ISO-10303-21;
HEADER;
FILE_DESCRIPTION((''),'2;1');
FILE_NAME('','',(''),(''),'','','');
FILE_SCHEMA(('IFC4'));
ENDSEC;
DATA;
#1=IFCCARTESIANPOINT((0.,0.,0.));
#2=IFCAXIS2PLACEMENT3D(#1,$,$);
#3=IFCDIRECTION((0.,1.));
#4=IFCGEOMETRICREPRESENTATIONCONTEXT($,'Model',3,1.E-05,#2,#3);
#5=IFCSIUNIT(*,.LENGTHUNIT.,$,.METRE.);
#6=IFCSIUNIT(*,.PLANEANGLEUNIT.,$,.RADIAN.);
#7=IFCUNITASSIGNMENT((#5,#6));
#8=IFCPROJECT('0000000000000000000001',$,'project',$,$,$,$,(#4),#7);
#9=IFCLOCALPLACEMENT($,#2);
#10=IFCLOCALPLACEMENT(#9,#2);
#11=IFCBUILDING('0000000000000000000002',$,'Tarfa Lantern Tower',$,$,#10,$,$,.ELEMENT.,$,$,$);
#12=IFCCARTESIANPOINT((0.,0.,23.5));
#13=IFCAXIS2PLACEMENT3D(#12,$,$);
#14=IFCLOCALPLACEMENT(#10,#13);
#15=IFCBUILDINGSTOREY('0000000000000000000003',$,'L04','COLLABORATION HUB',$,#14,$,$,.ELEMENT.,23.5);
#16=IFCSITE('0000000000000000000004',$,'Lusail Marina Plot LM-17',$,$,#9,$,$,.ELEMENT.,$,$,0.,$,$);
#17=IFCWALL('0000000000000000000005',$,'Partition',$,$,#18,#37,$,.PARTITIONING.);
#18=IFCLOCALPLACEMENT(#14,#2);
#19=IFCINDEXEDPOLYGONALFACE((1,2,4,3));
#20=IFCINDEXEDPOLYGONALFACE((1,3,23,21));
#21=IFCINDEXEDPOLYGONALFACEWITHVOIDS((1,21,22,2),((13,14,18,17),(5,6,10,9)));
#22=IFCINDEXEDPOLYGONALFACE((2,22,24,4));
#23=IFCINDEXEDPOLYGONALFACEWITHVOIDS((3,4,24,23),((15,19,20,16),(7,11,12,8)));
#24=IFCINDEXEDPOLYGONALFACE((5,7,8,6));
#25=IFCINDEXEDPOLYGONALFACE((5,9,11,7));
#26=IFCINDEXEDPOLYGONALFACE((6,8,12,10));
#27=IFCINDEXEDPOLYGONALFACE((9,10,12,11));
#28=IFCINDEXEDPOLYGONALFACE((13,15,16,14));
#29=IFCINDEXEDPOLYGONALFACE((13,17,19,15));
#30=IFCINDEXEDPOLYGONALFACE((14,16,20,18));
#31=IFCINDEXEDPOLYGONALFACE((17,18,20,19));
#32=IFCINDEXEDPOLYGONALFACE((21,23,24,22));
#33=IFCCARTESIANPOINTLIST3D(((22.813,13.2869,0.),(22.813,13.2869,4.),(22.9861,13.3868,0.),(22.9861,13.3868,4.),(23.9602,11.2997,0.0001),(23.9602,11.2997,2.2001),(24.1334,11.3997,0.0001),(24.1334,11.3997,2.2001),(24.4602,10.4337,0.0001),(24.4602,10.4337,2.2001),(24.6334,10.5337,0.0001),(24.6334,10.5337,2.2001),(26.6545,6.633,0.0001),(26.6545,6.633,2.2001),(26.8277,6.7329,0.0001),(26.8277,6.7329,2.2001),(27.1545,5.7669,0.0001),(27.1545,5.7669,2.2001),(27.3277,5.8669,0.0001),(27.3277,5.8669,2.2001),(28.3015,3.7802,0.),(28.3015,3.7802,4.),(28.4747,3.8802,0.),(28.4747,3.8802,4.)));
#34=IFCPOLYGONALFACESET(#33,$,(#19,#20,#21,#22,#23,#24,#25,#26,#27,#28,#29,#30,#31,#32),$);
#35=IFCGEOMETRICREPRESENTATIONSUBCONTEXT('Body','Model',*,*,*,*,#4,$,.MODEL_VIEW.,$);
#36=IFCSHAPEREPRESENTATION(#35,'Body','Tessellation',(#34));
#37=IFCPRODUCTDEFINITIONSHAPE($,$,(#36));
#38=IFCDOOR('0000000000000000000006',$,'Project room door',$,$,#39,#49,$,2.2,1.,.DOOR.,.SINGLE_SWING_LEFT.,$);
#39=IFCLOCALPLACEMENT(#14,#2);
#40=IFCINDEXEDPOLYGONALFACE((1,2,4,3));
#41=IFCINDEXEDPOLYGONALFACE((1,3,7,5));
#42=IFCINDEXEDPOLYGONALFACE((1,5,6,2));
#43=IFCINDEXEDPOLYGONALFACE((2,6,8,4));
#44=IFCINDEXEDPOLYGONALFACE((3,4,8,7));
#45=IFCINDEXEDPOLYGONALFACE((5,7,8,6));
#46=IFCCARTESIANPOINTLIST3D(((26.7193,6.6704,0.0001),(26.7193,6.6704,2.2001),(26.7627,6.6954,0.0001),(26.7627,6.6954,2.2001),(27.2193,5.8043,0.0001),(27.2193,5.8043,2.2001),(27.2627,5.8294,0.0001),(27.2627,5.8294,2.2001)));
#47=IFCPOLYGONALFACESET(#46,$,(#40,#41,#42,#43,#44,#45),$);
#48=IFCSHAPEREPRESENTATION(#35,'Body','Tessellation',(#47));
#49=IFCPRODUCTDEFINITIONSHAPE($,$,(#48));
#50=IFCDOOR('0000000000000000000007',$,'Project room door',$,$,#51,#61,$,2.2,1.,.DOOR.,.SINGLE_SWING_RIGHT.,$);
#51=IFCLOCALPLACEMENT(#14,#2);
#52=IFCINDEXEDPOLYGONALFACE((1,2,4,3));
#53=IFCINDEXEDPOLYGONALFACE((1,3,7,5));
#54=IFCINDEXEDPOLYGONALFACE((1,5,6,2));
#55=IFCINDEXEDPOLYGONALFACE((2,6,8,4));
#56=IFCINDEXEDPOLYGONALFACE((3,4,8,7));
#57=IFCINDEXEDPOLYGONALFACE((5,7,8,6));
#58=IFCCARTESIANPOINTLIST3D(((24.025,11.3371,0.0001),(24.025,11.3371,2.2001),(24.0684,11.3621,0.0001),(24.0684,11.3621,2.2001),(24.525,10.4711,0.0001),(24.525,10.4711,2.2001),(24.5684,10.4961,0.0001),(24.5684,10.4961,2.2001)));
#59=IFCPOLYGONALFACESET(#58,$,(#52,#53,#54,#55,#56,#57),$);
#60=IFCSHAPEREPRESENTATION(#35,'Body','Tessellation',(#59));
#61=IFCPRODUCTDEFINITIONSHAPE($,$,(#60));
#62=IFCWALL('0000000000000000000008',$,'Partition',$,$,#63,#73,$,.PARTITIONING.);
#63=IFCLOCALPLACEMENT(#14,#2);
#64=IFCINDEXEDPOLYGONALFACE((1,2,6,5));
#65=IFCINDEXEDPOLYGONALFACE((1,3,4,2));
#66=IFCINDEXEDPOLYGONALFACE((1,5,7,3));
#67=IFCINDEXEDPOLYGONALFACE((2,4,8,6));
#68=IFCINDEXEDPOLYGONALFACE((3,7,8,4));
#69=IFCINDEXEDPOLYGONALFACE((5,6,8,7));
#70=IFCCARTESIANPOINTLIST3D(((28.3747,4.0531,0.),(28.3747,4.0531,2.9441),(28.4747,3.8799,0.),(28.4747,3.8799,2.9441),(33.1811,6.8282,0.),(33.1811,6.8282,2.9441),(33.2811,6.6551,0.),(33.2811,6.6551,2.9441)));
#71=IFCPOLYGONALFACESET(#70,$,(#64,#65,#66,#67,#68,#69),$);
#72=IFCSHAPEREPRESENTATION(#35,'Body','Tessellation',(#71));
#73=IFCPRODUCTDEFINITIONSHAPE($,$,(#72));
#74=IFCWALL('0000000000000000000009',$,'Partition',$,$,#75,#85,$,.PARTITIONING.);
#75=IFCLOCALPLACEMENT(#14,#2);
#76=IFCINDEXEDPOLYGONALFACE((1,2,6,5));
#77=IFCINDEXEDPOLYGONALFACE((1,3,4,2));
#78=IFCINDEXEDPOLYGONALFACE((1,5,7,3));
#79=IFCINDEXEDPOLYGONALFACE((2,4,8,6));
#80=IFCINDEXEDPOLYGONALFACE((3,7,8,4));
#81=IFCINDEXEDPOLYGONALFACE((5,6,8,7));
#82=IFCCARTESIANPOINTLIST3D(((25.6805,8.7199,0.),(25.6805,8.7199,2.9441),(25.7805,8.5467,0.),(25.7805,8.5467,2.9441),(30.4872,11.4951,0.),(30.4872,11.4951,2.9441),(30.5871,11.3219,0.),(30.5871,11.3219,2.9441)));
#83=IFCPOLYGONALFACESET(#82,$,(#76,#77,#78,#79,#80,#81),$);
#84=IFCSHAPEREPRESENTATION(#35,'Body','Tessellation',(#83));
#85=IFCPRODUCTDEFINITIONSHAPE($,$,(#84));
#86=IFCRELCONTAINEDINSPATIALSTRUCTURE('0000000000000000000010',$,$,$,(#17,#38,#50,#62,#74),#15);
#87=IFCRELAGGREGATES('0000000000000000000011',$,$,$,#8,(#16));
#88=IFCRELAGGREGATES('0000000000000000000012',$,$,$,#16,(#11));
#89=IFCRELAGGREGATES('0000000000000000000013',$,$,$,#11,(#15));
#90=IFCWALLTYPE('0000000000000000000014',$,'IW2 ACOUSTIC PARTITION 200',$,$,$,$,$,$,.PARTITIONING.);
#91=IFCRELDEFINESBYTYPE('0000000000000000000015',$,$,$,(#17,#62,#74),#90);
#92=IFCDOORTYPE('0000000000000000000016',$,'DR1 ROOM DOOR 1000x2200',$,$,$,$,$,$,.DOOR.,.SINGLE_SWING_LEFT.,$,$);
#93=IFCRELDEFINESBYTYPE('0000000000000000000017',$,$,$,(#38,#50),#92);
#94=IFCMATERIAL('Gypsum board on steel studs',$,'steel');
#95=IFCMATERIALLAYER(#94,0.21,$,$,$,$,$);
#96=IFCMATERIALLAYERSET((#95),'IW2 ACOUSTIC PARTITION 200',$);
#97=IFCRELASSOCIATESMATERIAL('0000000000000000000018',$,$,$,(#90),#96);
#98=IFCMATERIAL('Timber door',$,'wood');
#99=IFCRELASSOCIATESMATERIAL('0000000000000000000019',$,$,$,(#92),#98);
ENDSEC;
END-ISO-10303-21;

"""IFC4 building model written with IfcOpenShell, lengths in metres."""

from ifc_helpers import new_model, si_unit, direction, frame, frame_2d, origin, place, context, subcontext, project, spatial, rectangle, extrude, material, layer, layer_set, type_object, element, fill, save


model = new_model("IFC4")

# Units and contexts
model_context = context("Model", 3, precision=1e-05, world=origin(), true_north=direction((0.0, 1.0)))
body_context = subcontext(model_context, "Body", "Model", "MODEL_VIEW")
ifc_project = project(units=[si_unit("LENGTHUNIT", "METRE"), si_unit("PLANEANGLEUNIT", "RADIAN")], contexts=[model_context])

# Site, building, storey
site_placement = place(None, origin())
site = spatial("IfcSite", under=ifc_project, at=site_placement, Name="Lusail Marina Plot LM-17", CompositionType="ELEMENT", RefElevation=0.0)
building_placement = place(site_placement, origin())
building = spatial("IfcBuilding", under=site, at=building_placement, Name="Tarfa Lantern Tower", CompositionType="ELEMENT")
storey_placement = place(building_placement, frame((0.0, 0.0, 23.5)))
storey = spatial("IfcBuildingStorey", under=building, at=storey_placement, Name="L04", Description="COLLABORATION HUB", CompositionType="ELEMENT", Elevation=23.5)

# Wall, openings, doors
ifc_material_1 = material(Name="Gypsum board on steel studs", Category="steel")
ifc_layer_1 = layer(ifc_material_1, 0.21)
ifc_layer_set_1 = layer_set([ifc_layer_1], Name="IW2 ACOUSTIC PARTITION 200")
wall_type = type_object("IfcWallType", Name="IW2 ACOUSTIC PARTITION 200", PredefinedType="PARTITIONING", material=ifc_layer_set_1)
wall_1_placement = place(storey_placement, frame((28.3882, 3.8301, 0.0), z_axis=(0.0, 0.0, 1.0), x_axis=(-0.499993, 0.86603, 0.0)))
wall_1 = element("IfcWall", 1, at=wall_1_placement, inside=storey, type_object=wall_type, Name="Partition", PredefinedType="PARTITIONING", context=body_context, shape_type="SweptSolid", body=[
    extrude(rectangle(XDim=10.9773, YDim=0.2, at=frame_2d((5.4888, 0.0))), origin(), (0.0, 0.0, 1.0), 4.0),
])
opening_1_placement = place(wall_1_placement, frame((2.2942, 0.0, 0.0)))
opening_1 = element("IfcOpeningElement", 2, at=opening_1_placement, cuts=wall_1, PredefinedType="OPENING", context=body_context, shape_type="SweptSolid", body=[
    extrude(rectangle(XDim=1.0, YDim=2.2, at=frame_2d((0.5, 1.1001))), frame((0.0, 0.1099, 0.0), z_axis=(0.0, -1.0, 0.0), x_axis=(1.0, 0.0, 0.0)), (0.0, 0.0, 1.0), 0.22),
])
opening_2_placement = place(wall_1_placement, frame((7.6829, 0.0, 0.0)))
opening_2 = element("IfcOpeningElement", 3, at=opening_2_placement, cuts=wall_1, PredefinedType="OPENING", context=body_context, shape_type="SweptSolid", body=[
    extrude(rectangle(XDim=1.0, YDim=2.2, at=frame_2d((0.5, 1.1001))), frame((0.0, 0.1099, 0.0), z_axis=(0.0, -1.0, 0.0), x_axis=(1.0, 0.0, 0.0)), (0.0, 0.0, 1.0), 0.22),
])
ifc_material_2 = material(Name="Timber door", Category="wood")
door_type = type_object("IfcDoorType", Name="DR1 ROOM DOOR 1000x2200", OperationType="SINGLE_SWING_LEFT", PredefinedType="DOOR", material=ifc_material_2)
door_1_placement = place(opening_1_placement, frame((1.0, 0.0, 0.0), z_axis=(0.0, 0.0, 1.0), x_axis=(-1.0, 0.0, 0.0)))
door_1 = element("IfcDoor", 4, at=door_1_placement, inside=storey, type_object=door_type, Name="Project room door", OperationType="SINGLE_SWING_LEFT", OverallHeight=2.2, OverallWidth=1.0, PredefinedType="DOOR", context=body_context, shape_type="SweptSolid", body=[
    extrude(rectangle(XDim=1.0, YDim=2.2, at=frame_2d((0.5, 1.1001))), frame((0.0, 0.0249, 0.0), z_axis=(0.0, -1.0, 0.0), x_axis=(1.0, 0.0, 0.0)), (0.0, 0.0, 1.0), 0.05),
])
fill(opening_1, door_1)
door_2_placement = place(opening_2_placement, frame((1.0, 0.0, 0.0), z_axis=(0.0, 0.0, 1.0), x_axis=(-1.0, 0.0, 0.0)))
door_2 = element("IfcDoor", 5, at=door_2_placement, inside=storey, type_object=door_type, Name="Project room door", OperationType="SINGLE_SWING_RIGHT", OverallHeight=2.2, OverallWidth=1.0, PredefinedType="DOOR", context=body_context, shape_type="SweptSolid", body=[
    extrude(rectangle(XDim=1.0, YDim=2.2, at=frame_2d((0.5, 1.1001))), frame((0.0, 0.0249, 0.0), z_axis=(0.0, -1.0, 0.0), x_axis=(1.0, 0.0, 0.0)), (0.0, 0.0, 1.0), 0.05),
])
fill(opening_2, door_2)

# Walls
wall_2_placement = place(storey_placement, frame((28.4248, 3.9666, 0.0), z_axis=(0.0, 0.0, 1.0), x_axis=(0.866012, 0.500023, 0.0)))
element("IfcWall", 6, at=wall_2_placement, inside=storey, type_object=wall_type, Name="Partition", PredefinedType="PARTITIONING", context=body_context, shape_type="SweptSolid", body=[
    extrude(rectangle(XDim=5.55, YDim=0.2, at=frame_2d((2.7749, 0.0))), origin(), (0.0, 0.0, 1.0), 2.9441),
])
wall_3_placement = place(storey_placement, frame((25.7305, 8.6333, 0.0), z_axis=(0.0, 0.0, 1.0), x_axis=(0.866023, 0.500004, 0.0)))
element("IfcWall", 7, at=wall_3_placement, inside=storey, type_object=wall_type, Name="Partition", PredefinedType="PARTITIONING", context=body_context, shape_type="SweptSolid", body=[
    extrude(rectangle(XDim=5.5503, YDim=0.2, at=frame_2d((2.7751, 0.0))), origin(), (0.0, 0.0, 1.0), 2.9441),
])

save(model, "model.ifc")
